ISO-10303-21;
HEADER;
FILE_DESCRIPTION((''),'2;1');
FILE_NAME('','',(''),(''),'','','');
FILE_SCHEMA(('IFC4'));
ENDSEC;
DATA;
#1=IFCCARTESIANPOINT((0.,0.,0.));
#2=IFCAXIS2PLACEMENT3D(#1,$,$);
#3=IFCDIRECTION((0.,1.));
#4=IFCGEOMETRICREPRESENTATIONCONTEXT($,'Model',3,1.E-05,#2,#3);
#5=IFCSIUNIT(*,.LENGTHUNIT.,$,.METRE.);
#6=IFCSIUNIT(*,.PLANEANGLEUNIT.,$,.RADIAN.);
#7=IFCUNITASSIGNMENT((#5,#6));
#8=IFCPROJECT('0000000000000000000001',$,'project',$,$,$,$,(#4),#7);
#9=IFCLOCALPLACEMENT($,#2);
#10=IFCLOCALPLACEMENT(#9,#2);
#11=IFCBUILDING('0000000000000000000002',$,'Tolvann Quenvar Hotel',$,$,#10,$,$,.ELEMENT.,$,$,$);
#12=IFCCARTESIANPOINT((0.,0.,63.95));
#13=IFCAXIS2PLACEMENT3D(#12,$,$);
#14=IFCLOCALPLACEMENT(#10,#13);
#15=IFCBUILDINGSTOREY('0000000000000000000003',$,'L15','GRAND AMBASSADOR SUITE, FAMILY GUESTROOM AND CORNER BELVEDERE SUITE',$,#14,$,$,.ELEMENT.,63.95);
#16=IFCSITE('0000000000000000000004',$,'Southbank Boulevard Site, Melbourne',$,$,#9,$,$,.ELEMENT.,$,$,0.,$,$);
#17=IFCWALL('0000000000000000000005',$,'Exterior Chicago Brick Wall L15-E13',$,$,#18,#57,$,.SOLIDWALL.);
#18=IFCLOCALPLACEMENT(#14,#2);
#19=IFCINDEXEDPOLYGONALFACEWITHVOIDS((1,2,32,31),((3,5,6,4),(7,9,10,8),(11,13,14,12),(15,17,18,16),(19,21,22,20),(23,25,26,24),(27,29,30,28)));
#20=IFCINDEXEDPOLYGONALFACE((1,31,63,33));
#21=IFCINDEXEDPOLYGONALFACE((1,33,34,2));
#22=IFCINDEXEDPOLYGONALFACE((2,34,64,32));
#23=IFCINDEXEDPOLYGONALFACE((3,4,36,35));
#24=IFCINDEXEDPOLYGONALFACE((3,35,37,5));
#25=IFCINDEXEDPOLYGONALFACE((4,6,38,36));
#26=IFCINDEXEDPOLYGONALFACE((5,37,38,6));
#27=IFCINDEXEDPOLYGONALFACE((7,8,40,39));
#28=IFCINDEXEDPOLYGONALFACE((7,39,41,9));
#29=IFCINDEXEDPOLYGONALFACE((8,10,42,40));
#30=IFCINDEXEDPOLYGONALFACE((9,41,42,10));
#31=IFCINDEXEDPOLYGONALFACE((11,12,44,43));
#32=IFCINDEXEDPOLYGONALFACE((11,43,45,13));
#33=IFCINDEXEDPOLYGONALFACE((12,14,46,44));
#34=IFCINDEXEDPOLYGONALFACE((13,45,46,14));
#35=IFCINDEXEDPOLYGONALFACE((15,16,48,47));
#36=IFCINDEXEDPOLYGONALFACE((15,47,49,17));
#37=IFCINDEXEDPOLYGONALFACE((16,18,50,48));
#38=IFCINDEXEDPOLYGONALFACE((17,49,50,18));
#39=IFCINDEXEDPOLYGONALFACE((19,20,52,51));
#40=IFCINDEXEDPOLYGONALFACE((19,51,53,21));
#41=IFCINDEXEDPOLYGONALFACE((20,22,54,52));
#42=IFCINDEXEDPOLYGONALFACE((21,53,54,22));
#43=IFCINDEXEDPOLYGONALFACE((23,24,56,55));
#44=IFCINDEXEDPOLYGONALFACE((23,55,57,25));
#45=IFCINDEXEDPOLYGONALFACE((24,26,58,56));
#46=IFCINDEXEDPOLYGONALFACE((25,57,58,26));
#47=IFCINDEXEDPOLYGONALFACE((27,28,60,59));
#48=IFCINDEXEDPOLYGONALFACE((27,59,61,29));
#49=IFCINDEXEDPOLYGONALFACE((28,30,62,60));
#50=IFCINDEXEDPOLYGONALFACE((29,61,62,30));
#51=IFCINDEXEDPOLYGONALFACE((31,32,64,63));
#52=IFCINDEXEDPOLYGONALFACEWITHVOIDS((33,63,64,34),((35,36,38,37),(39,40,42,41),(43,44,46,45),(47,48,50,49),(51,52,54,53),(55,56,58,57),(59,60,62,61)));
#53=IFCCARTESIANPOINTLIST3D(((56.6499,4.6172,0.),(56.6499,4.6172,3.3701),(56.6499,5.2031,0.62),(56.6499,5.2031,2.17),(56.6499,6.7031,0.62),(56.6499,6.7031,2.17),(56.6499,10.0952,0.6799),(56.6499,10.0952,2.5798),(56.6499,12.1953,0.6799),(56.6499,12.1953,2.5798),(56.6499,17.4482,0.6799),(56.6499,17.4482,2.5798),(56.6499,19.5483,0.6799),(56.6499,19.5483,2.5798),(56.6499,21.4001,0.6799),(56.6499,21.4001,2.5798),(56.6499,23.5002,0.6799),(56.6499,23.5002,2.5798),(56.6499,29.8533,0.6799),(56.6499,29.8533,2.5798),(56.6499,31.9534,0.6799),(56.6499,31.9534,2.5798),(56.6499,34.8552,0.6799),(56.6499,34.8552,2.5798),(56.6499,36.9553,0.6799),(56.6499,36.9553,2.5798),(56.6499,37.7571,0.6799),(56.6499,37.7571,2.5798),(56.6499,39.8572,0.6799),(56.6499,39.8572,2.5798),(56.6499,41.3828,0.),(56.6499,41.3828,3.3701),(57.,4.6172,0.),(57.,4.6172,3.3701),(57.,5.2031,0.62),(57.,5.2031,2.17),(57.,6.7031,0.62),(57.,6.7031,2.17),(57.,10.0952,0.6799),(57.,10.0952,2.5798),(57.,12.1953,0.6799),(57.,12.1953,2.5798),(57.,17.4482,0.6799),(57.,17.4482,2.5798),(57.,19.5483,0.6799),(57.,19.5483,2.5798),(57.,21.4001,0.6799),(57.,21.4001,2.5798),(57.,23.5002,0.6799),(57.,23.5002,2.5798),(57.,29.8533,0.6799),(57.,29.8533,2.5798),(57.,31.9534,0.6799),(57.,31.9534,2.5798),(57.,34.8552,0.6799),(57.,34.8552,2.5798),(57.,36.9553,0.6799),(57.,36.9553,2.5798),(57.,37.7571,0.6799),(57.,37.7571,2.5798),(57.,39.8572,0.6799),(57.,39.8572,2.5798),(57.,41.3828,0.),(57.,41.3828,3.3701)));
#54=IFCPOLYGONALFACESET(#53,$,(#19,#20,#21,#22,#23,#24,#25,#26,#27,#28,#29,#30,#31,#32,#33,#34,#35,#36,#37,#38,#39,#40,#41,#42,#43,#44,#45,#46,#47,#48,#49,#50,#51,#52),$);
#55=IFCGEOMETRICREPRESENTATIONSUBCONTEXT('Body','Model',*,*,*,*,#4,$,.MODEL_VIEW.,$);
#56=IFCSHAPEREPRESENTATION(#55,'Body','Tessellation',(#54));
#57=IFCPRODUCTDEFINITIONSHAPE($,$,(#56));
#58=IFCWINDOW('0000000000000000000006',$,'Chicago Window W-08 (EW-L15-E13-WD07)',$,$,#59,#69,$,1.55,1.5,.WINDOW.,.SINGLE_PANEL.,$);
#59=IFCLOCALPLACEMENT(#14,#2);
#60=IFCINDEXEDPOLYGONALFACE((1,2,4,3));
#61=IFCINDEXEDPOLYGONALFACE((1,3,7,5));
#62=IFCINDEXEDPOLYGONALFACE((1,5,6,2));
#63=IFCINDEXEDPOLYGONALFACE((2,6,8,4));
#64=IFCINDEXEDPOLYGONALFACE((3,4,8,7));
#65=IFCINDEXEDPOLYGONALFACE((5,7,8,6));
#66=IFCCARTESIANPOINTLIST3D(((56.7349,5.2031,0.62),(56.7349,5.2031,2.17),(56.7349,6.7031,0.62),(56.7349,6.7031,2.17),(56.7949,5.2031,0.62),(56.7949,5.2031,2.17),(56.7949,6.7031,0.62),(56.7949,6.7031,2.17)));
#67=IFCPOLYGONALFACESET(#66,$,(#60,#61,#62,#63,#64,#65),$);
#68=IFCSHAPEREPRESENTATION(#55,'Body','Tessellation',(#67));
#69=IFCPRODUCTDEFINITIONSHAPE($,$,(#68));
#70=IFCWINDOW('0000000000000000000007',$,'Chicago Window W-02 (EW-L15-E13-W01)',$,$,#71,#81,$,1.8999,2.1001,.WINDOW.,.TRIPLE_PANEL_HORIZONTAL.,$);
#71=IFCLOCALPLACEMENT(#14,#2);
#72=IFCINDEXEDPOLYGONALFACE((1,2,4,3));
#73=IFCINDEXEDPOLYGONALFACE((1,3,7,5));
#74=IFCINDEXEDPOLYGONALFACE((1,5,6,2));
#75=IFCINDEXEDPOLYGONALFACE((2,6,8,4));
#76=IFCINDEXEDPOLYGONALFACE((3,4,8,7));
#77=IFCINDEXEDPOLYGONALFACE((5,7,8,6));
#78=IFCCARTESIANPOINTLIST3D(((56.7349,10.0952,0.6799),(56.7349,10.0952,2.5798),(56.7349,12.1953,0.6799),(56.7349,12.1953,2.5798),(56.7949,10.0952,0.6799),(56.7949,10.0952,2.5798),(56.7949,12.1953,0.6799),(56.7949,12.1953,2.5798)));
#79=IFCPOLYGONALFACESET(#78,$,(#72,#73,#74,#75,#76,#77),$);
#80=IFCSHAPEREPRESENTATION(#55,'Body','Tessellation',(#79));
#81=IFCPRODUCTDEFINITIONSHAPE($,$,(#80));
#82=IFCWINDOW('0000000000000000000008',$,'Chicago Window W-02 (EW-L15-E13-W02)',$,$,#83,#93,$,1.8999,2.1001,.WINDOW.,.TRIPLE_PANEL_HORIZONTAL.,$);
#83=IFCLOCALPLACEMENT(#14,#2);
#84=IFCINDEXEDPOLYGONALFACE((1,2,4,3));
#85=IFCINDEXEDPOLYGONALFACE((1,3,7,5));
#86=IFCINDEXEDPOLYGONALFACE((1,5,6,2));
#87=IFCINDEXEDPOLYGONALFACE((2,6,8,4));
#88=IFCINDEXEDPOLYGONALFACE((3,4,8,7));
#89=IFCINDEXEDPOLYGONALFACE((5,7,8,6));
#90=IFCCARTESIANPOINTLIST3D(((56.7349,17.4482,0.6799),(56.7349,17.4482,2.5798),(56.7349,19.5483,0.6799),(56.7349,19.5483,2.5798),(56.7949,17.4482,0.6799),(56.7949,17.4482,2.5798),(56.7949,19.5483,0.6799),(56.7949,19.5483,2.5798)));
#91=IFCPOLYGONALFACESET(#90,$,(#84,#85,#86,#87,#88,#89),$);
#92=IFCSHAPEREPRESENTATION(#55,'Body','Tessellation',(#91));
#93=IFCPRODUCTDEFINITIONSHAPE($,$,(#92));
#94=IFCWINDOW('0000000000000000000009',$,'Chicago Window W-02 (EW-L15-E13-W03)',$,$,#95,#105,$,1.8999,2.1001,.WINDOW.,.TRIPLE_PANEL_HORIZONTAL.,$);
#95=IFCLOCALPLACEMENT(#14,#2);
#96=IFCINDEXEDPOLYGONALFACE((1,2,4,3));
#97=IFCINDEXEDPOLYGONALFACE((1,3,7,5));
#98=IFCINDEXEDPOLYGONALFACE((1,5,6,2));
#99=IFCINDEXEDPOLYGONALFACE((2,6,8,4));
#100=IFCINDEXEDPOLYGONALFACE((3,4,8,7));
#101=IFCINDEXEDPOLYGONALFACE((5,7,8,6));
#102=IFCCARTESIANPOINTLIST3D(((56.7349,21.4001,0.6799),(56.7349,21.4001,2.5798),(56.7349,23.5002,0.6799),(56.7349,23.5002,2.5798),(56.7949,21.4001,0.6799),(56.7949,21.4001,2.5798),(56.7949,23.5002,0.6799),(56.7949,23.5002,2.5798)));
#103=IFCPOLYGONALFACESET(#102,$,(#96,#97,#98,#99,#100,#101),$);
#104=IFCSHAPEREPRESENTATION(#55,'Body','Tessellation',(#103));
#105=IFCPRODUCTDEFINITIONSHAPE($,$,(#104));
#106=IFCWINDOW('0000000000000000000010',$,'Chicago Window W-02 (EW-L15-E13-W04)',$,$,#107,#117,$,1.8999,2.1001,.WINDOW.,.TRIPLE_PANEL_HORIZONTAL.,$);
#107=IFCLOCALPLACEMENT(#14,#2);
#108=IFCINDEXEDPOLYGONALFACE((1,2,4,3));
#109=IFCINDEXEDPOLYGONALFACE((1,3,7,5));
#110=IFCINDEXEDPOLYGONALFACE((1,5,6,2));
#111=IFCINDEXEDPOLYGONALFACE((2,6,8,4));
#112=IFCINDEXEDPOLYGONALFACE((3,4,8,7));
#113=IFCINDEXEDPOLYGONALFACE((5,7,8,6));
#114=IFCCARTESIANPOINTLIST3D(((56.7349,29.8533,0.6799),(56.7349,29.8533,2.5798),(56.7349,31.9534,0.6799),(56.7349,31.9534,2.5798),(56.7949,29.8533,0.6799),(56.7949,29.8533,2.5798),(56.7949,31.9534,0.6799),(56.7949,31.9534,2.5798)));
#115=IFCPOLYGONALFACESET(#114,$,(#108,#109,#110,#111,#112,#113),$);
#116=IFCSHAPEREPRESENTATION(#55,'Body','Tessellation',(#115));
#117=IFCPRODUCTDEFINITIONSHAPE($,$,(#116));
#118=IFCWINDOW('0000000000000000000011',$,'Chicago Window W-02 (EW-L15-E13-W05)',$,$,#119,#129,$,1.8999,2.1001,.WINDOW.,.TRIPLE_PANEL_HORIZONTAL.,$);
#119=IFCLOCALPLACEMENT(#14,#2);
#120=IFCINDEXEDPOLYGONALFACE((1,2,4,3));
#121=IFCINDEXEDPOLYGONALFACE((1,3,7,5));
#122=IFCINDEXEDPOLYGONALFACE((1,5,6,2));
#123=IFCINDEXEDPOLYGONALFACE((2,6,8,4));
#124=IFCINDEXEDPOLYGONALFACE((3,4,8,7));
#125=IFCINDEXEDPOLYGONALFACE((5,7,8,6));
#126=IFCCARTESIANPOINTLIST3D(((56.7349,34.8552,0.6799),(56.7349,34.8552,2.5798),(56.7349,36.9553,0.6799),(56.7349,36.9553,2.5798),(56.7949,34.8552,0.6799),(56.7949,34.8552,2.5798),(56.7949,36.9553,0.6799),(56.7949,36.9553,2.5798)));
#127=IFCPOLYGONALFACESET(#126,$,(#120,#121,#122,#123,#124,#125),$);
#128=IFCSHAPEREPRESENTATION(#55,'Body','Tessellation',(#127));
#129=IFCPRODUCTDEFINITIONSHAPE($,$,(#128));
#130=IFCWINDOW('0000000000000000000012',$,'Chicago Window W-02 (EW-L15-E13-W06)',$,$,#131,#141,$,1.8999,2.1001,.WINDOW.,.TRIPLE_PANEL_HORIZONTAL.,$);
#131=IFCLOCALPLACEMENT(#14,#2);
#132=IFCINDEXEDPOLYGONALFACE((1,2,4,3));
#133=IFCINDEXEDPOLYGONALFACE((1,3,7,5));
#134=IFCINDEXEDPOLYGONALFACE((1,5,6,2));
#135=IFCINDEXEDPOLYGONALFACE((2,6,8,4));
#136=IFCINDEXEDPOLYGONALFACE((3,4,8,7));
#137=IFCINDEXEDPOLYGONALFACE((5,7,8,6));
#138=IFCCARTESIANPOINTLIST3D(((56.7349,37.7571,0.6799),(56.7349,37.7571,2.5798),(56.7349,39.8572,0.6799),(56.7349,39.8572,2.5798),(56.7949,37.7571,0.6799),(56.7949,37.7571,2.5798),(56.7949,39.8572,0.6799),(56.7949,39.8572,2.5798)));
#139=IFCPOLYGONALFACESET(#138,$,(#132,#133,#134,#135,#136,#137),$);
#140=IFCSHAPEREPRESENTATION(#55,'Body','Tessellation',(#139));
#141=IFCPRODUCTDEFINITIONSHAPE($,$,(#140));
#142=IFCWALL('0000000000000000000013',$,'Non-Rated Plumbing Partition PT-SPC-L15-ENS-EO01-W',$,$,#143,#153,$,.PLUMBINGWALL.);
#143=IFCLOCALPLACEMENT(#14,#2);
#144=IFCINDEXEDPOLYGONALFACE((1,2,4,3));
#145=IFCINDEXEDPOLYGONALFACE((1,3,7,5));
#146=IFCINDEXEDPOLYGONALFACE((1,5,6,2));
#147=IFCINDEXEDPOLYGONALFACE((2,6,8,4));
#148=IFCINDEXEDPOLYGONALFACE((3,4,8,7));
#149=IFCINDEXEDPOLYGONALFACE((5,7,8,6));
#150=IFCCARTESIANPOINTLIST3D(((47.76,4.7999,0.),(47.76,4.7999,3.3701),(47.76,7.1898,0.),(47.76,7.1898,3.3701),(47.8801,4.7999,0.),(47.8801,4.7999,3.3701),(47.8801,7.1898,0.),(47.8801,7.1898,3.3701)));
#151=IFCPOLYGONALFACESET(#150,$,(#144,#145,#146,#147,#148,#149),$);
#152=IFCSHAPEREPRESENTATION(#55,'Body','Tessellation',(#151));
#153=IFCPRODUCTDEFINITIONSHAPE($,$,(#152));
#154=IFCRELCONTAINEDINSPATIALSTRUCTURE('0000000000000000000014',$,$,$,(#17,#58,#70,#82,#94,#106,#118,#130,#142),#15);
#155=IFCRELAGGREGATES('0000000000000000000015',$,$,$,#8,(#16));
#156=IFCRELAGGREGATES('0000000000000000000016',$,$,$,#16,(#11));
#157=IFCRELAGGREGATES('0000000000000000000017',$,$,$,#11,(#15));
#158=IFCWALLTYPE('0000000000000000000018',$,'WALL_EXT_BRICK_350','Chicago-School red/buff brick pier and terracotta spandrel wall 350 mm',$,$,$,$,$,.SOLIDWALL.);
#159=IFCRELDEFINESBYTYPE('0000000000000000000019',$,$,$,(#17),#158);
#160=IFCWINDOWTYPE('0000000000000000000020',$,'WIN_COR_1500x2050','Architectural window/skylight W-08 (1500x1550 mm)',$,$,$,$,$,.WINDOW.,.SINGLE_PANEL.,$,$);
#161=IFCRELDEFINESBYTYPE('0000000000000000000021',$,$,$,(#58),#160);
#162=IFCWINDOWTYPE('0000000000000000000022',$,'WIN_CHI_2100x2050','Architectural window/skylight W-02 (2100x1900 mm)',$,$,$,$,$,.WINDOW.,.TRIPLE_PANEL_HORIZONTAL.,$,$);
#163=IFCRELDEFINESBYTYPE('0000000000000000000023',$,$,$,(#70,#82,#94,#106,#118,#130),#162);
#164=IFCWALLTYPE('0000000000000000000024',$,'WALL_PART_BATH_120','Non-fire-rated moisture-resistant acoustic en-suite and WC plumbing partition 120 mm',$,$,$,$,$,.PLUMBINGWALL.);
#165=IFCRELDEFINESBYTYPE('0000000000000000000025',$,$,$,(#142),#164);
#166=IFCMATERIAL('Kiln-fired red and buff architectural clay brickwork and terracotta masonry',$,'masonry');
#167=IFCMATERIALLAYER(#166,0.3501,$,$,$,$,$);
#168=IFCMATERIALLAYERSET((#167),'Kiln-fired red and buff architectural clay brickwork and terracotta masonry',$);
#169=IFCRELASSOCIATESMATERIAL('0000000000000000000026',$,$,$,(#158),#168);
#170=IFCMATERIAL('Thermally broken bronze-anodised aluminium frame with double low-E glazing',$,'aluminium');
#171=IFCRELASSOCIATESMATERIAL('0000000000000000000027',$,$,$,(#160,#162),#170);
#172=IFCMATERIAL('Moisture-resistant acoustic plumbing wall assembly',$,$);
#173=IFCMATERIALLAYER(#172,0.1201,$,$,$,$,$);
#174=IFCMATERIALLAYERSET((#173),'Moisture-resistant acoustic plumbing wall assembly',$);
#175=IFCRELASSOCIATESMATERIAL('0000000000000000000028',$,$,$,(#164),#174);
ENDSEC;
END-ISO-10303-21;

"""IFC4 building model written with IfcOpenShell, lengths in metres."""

from ifc_helpers import new_model, si_unit, direction, frame, frame_2d, origin, place, context, subcontext, project, spatial, rectangle, extrude, source, transform, mapped, material, layer, layer_set, type_object, type_shapes, element, fill, save


model = new_model("IFC4")

# Units and contexts
model_context = context("Model", 3, precision=1e-05, world=origin(), true_north=direction((0.0, 1.0)))
body_context = subcontext(model_context, "Body", "Model", "MODEL_VIEW")
ifc_project = project(units=[si_unit("LENGTHUNIT", "METRE"), si_unit("PLANEANGLEUNIT", "RADIAN")], contexts=[model_context])

# Site, building, storey
site_placement = place(None, origin())
site = spatial("IfcSite", under=ifc_project, at=site_placement, Name="Southbank Boulevard Site, Melbourne", CompositionType="ELEMENT", RefElevation=0.0)
building_placement = place(site_placement, origin())
building = spatial("IfcBuilding", under=site, at=building_placement, Name="Tolvann Quenvar Hotel", CompositionType="ELEMENT")
storey_placement = place(building_placement, frame((0.0, 0.0, 63.95)))
storey = spatial("IfcBuildingStorey", under=building, at=storey_placement, Name="L15", Description="GRAND AMBASSADOR SUITE, FAMILY GUESTROOM AND CORNER BELVEDERE SUITE", CompositionType="ELEMENT", Elevation=63.95)

# Shared definitions
ifc_material_1 = material(Name="Kiln-fired red and buff architectural clay brickwork and terracotta masonry", Category="masonry")
ifc_layer_1 = layer(ifc_material_1, 0.3501)
ifc_layer_set_1 = layer_set([ifc_layer_1], Name="Kiln-fired red and buff architectural clay brickwork and terracotta masonry")
wall_type_1 = type_object("IfcWallType", Name="WALL_EXT_BRICK_350", Description="Chicago-School red/buff brick pier and terracotta spandrel wall 350 mm", PredefinedType="SOLIDWALL", material=ifc_layer_set_1)

# Wall, openings, windows
wall_1_placement = place(storey_placement, frame((56.825, 4.6172, 0.0), z_axis=(0.0, 0.0, 1.0), x_axis=(0.0, 1.0, 0.0)))
wall_1 = element("IfcWall", 1, at=wall_1_placement, inside=storey, type_object=wall_type_1, Name="Exterior Chicago Brick Wall L15-E13", PredefinedType="SOLIDWALL", context=body_context, shape_type="SweptSolid", body=[
    extrude(rectangle(XDim=36.7656, YDim=0.3501, at=frame_2d((18.3828, 0.0))), origin(), (0.0, 0.0, 1.0), 3.3701),
])
opening_1_placement = place(wall_1_placement, frame((5.478, 0.0, 0.6799)))
opening_1 = element("IfcOpeningElement", 2, at=opening_1_placement, cuts=wall_1, PredefinedType="OPENING", context=body_context, shape_type="SweptSolid", body=[
    extrude(rectangle(XDim=2.1001, YDim=1.8999, at=frame_2d((1.05, 0.95))), frame((0.0, 0.1851, 0.0), z_axis=(0.0, -1.0, 0.0), x_axis=(1.0, 0.0, 0.0)), (0.0, 0.0, 1.0), 0.3701),
])
opening_2_placement = place(wall_1_placement, frame((12.8311, 0.0, 0.6799)))
opening_2 = element("IfcOpeningElement", 3, at=opening_2_placement, cuts=wall_1, PredefinedType="OPENING", context=body_context, shape_type="SweptSolid", body=[
    extrude(rectangle(XDim=2.1001, YDim=1.8999, at=frame_2d((1.05, 0.95))), frame((0.0, 0.1851, 0.0), z_axis=(0.0, -1.0, 0.0), x_axis=(1.0, 0.0, 0.0)), (0.0, 0.0, 1.0), 0.3701),
])
opening_3_placement = place(wall_1_placement, frame((16.783, 0.0, 0.6799)))
opening_3 = element("IfcOpeningElement", 4, at=opening_3_placement, cuts=wall_1, PredefinedType="OPENING", context=body_context, shape_type="SweptSolid", body=[
    extrude(rectangle(XDim=2.1001, YDim=1.8999, at=frame_2d((1.05, 0.95))), frame((0.0, 0.1851, 0.0), z_axis=(0.0, -1.0, 0.0), x_axis=(1.0, 0.0, 0.0)), (0.0, 0.0, 1.0), 0.3701),
])
opening_4_placement = place(wall_1_placement, frame((25.2361, 0.0, 0.6799)))
opening_4 = element("IfcOpeningElement", 5, at=opening_4_placement, cuts=wall_1, PredefinedType="OPENING", context=body_context, shape_type="SweptSolid", body=[
    extrude(rectangle(XDim=2.1001, YDim=1.8999, at=frame_2d((1.05, 0.95))), frame((0.0, 0.1851, 0.0), z_axis=(0.0, -1.0, 0.0), x_axis=(1.0, 0.0, 0.0)), (0.0, 0.0, 1.0), 0.3701),
])
opening_5_placement = place(wall_1_placement, frame((30.238, 0.0, 0.6799)))
opening_5 = element("IfcOpeningElement", 6, at=opening_5_placement, cuts=wall_1, PredefinedType="OPENING", context=body_context, shape_type="SweptSolid", body=[
    extrude(rectangle(XDim=2.1001, YDim=1.8999, at=frame_2d((1.05, 0.95))), frame((0.0, 0.1851, 0.0), z_axis=(0.0, -1.0, 0.0), x_axis=(1.0, 0.0, 0.0)), (0.0, 0.0, 1.0), 0.3701),
])
opening_6_placement = place(wall_1_placement, frame((33.1399, 0.0, 0.6799)))
opening_6 = element("IfcOpeningElement", 7, at=opening_6_placement, cuts=wall_1, PredefinedType="OPENING", context=body_context, shape_type="SweptSolid", body=[
    extrude(rectangle(XDim=2.1001, YDim=1.8999, at=frame_2d((1.05, 0.95))), frame((0.0, 0.1851, 0.0), z_axis=(0.0, -1.0, 0.0), x_axis=(1.0, 0.0, 0.0)), (0.0, 0.0, 1.0), 0.3701),
])
opening_7_placement = place(wall_1_placement, frame((0.5859, 0.0, 0.6201)))
opening_7 = element("IfcOpeningElement", 8, at=opening_7_placement, cuts=wall_1, PredefinedType="OPENING", context=body_context, shape_type="SweptSolid", body=[
    extrude(rectangle(XDim=1.5, YDim=1.55, at=frame_2d((0.75, 0.7749))), frame((0.0, 0.1851, 0.0), z_axis=(0.0, -1.0, 0.0), x_axis=(1.0, 0.0, 0.0)), (0.0, 0.0, 1.0), 0.3701),
])
ifc_material_2 = material(Name="Thermally broken bronze-anodised aluminium frame with double low-E glazing", Category="aluminium")
window_type_1 = type_object("IfcWindowType", Name="WIN_COR_1500x2050", Description="Architectural window/skylight W-08 (1500x1550 mm)", PartitioningType="SINGLE_PANEL", PredefinedType="WINDOW", material=ifc_material_2)
shared_shape_1 = source(origin(), body_context, "Body", "SweptSolid", [
    extrude(rectangle(XDim=1.5, YDim=1.55, at=frame_2d((0.75, 0.7749))), frame((0.0, 0.0901, 0.0), z_axis=(0.0, -1.0, 0.0), x_axis=(1.0, 0.0, 0.0)), (0.0, 0.0, 1.0), 0.0601),
])
type_shapes(window_type_1, [shared_shape_1])
window_1_placement = place(opening_7_placement, origin())
window_1 = element("IfcWindow", 9, at=window_1_placement, inside=storey, type_object=window_type_1, Name="Chicago Window W-08 (EW-L15-E13-WD07)", OverallHeight=1.55, OverallWidth=1.5, PartitioningType="SINGLE_PANEL", PredefinedType="WINDOW", context=body_context, shape_type="MappedRepresentation", body=[
    mapped(shared_shape_1, transform((0.0, 0.0, 0.0), x_axis=(1.0, 0.0, 0.0), y_axis=(0.0, 1.0, 0.0), z_axis=(0.0, 0.0, 1.0), scale=1.0)),
])
fill(opening_7, window_1)
window_type_2 = type_object("IfcWindowType", Name="WIN_CHI_2100x2050", Description="Architectural window/skylight W-02 (2100x1900 mm)", PartitioningType="TRIPLE_PANEL_HORIZONTAL", PredefinedType="WINDOW", material=ifc_material_2)
shared_shape_2 = source(origin(), body_context, "Body", "SweptSolid", [
    extrude(rectangle(XDim=2.1001, YDim=1.8999, at=frame_2d((1.05, 0.95))), frame((0.0, 0.0901, 0.0), z_axis=(0.0, -1.0, 0.0), x_axis=(1.0, 0.0, 0.0)), (0.0, 0.0, 1.0), 0.0601),
])
type_shapes(window_type_2, [shared_shape_2])
window_2_placement = place(opening_1_placement, origin())
window_2 = element("IfcWindow", 10, at=window_2_placement, inside=storey, type_object=window_type_2, Name="Chicago Window W-02 (EW-L15-E13-W01)", OverallHeight=1.8999, OverallWidth=2.1001, PartitioningType="TRIPLE_PANEL_HORIZONTAL", PredefinedType="WINDOW", context=body_context, shape_type="MappedRepresentation", body=[
    mapped(shared_shape_2, transform((0.0, 0.0, 0.0), x_axis=(1.0, 0.0, 0.0), y_axis=(0.0, 1.0, 0.0), z_axis=(0.0, 0.0, 1.0), scale=1.0)),
])
fill(opening_1, window_2)
window_3_placement = place(opening_2_placement, origin())
window_3 = element("IfcWindow", 11, at=window_3_placement, inside=storey, type_object=window_type_2, Name="Chicago Window W-02 (EW-L15-E13-W02)", OverallHeight=1.8999, OverallWidth=2.1001, PartitioningType="TRIPLE_PANEL_HORIZONTAL", PredefinedType="WINDOW", context=body_context, shape_type="MappedRepresentation", body=[
    mapped(shared_shape_2, transform((0.0, 0.0, 0.0), x_axis=(1.0, 0.0, 0.0), y_axis=(0.0, 1.0, 0.0), z_axis=(0.0, 0.0, 1.0), scale=1.0)),
])
fill(opening_2, window_3)
window_4_placement = place(opening_3_placement, origin())
window_4 = element("IfcWindow", 12, at=window_4_placement, inside=storey, type_object=window_type_2, Name="Chicago Window W-02 (EW-L15-E13-W03)", OverallHeight=1.8999, OverallWidth=2.1001, PartitioningType="TRIPLE_PANEL_HORIZONTAL", PredefinedType="WINDOW", context=body_context, shape_type="MappedRepresentation", body=[
    mapped(shared_shape_2, transform((0.0, 0.0, 0.0), x_axis=(1.0, 0.0, 0.0), y_axis=(0.0, 1.0, 0.0), z_axis=(0.0, 0.0, 1.0), scale=1.0)),
])
fill(opening_3, window_4)
window_5_placement = place(opening_4_placement, origin())
window_5 = element("IfcWindow", 13, at=window_5_placement, inside=storey, type_object=window_type_2, Name="Chicago Window W-02 (EW-L15-E13-W04)", OverallHeight=1.8999, OverallWidth=2.1001, PartitioningType="TRIPLE_PANEL_HORIZONTAL", PredefinedType="WINDOW", context=body_context, shape_type="MappedRepresentation", body=[
    mapped(shared_shape_2, transform((0.0, 0.0, 0.0), x_axis=(1.0, 0.0, 0.0), y_axis=(0.0, 1.0, 0.0), z_axis=(0.0, 0.0, 1.0), scale=1.0)),
])
fill(opening_4, window_5)
window_6_placement = place(opening_5_placement, origin())
window_6 = element("IfcWindow", 14, at=window_6_placement, inside=storey, type_object=window_type_2, Name="Chicago Window W-02 (EW-L15-E13-W05)", OverallHeight=1.8999, OverallWidth=2.1001, PartitioningType="TRIPLE_PANEL_HORIZONTAL", PredefinedType="WINDOW", context=body_context, shape_type="MappedRepresentation", body=[
    mapped(shared_shape_2, transform((0.0, 0.0, 0.0), x_axis=(1.0, 0.0, 0.0), y_axis=(0.0, 1.0, 0.0), z_axis=(0.0, 0.0, 1.0), scale=1.0)),
])
fill(opening_5, window_6)
window_7_placement = place(opening_6_placement, origin())
window_7 = element("IfcWindow", 15, at=window_7_placement, inside=storey, type_object=window_type_2, Name="Chicago Window W-02 (EW-L15-E13-W06)", OverallHeight=1.8999, OverallWidth=2.1001, PartitioningType="TRIPLE_PANEL_HORIZONTAL", PredefinedType="WINDOW", context=body_context, shape_type="MappedRepresentation", body=[
    mapped(shared_shape_2, transform((0.0, 0.0, 0.0), x_axis=(1.0, 0.0, 0.0), y_axis=(0.0, 1.0, 0.0), z_axis=(0.0, 0.0, 1.0), scale=1.0)),
])
fill(opening_6, window_7)

# Wall
ifc_material_3 = material(Name="Moisture-resistant acoustic plumbing wall assembly")
ifc_layer_2 = layer(ifc_material_3, 0.1201)
ifc_layer_set_2 = layer_set([ifc_layer_2], Name="Moisture-resistant acoustic plumbing wall assembly")
wall_type_2 = type_object("IfcWallType", Name="WALL_PART_BATH_120", Description="Non-fire-rated moisture-resistant acoustic en-suite and WC plumbing partition 120 mm", PredefinedType="PLUMBINGWALL", material=ifc_layer_set_2)
wall_2_placement = place(storey_placement, frame((47.8201, 4.8, 0.0), z_axis=(0.0, 0.0, 1.0), x_axis=(0.0, 1.0, 0.0)))
element("IfcWall", 16, at=wall_2_placement, inside=storey, type_object=wall_type_2, Name="Non-Rated Plumbing Partition PT-SPC-L15-ENS-EO01-W", PredefinedType="PLUMBINGWALL", context=body_context, shape_type="SweptSolid", body=[
    extrude(rectangle(XDim=2.3899, YDim=0.1201, at=frame_2d((1.1948, 0.0))), origin(), (0.0, 0.0, 1.0), 3.3701),
])

save(model, "model.ifc")
